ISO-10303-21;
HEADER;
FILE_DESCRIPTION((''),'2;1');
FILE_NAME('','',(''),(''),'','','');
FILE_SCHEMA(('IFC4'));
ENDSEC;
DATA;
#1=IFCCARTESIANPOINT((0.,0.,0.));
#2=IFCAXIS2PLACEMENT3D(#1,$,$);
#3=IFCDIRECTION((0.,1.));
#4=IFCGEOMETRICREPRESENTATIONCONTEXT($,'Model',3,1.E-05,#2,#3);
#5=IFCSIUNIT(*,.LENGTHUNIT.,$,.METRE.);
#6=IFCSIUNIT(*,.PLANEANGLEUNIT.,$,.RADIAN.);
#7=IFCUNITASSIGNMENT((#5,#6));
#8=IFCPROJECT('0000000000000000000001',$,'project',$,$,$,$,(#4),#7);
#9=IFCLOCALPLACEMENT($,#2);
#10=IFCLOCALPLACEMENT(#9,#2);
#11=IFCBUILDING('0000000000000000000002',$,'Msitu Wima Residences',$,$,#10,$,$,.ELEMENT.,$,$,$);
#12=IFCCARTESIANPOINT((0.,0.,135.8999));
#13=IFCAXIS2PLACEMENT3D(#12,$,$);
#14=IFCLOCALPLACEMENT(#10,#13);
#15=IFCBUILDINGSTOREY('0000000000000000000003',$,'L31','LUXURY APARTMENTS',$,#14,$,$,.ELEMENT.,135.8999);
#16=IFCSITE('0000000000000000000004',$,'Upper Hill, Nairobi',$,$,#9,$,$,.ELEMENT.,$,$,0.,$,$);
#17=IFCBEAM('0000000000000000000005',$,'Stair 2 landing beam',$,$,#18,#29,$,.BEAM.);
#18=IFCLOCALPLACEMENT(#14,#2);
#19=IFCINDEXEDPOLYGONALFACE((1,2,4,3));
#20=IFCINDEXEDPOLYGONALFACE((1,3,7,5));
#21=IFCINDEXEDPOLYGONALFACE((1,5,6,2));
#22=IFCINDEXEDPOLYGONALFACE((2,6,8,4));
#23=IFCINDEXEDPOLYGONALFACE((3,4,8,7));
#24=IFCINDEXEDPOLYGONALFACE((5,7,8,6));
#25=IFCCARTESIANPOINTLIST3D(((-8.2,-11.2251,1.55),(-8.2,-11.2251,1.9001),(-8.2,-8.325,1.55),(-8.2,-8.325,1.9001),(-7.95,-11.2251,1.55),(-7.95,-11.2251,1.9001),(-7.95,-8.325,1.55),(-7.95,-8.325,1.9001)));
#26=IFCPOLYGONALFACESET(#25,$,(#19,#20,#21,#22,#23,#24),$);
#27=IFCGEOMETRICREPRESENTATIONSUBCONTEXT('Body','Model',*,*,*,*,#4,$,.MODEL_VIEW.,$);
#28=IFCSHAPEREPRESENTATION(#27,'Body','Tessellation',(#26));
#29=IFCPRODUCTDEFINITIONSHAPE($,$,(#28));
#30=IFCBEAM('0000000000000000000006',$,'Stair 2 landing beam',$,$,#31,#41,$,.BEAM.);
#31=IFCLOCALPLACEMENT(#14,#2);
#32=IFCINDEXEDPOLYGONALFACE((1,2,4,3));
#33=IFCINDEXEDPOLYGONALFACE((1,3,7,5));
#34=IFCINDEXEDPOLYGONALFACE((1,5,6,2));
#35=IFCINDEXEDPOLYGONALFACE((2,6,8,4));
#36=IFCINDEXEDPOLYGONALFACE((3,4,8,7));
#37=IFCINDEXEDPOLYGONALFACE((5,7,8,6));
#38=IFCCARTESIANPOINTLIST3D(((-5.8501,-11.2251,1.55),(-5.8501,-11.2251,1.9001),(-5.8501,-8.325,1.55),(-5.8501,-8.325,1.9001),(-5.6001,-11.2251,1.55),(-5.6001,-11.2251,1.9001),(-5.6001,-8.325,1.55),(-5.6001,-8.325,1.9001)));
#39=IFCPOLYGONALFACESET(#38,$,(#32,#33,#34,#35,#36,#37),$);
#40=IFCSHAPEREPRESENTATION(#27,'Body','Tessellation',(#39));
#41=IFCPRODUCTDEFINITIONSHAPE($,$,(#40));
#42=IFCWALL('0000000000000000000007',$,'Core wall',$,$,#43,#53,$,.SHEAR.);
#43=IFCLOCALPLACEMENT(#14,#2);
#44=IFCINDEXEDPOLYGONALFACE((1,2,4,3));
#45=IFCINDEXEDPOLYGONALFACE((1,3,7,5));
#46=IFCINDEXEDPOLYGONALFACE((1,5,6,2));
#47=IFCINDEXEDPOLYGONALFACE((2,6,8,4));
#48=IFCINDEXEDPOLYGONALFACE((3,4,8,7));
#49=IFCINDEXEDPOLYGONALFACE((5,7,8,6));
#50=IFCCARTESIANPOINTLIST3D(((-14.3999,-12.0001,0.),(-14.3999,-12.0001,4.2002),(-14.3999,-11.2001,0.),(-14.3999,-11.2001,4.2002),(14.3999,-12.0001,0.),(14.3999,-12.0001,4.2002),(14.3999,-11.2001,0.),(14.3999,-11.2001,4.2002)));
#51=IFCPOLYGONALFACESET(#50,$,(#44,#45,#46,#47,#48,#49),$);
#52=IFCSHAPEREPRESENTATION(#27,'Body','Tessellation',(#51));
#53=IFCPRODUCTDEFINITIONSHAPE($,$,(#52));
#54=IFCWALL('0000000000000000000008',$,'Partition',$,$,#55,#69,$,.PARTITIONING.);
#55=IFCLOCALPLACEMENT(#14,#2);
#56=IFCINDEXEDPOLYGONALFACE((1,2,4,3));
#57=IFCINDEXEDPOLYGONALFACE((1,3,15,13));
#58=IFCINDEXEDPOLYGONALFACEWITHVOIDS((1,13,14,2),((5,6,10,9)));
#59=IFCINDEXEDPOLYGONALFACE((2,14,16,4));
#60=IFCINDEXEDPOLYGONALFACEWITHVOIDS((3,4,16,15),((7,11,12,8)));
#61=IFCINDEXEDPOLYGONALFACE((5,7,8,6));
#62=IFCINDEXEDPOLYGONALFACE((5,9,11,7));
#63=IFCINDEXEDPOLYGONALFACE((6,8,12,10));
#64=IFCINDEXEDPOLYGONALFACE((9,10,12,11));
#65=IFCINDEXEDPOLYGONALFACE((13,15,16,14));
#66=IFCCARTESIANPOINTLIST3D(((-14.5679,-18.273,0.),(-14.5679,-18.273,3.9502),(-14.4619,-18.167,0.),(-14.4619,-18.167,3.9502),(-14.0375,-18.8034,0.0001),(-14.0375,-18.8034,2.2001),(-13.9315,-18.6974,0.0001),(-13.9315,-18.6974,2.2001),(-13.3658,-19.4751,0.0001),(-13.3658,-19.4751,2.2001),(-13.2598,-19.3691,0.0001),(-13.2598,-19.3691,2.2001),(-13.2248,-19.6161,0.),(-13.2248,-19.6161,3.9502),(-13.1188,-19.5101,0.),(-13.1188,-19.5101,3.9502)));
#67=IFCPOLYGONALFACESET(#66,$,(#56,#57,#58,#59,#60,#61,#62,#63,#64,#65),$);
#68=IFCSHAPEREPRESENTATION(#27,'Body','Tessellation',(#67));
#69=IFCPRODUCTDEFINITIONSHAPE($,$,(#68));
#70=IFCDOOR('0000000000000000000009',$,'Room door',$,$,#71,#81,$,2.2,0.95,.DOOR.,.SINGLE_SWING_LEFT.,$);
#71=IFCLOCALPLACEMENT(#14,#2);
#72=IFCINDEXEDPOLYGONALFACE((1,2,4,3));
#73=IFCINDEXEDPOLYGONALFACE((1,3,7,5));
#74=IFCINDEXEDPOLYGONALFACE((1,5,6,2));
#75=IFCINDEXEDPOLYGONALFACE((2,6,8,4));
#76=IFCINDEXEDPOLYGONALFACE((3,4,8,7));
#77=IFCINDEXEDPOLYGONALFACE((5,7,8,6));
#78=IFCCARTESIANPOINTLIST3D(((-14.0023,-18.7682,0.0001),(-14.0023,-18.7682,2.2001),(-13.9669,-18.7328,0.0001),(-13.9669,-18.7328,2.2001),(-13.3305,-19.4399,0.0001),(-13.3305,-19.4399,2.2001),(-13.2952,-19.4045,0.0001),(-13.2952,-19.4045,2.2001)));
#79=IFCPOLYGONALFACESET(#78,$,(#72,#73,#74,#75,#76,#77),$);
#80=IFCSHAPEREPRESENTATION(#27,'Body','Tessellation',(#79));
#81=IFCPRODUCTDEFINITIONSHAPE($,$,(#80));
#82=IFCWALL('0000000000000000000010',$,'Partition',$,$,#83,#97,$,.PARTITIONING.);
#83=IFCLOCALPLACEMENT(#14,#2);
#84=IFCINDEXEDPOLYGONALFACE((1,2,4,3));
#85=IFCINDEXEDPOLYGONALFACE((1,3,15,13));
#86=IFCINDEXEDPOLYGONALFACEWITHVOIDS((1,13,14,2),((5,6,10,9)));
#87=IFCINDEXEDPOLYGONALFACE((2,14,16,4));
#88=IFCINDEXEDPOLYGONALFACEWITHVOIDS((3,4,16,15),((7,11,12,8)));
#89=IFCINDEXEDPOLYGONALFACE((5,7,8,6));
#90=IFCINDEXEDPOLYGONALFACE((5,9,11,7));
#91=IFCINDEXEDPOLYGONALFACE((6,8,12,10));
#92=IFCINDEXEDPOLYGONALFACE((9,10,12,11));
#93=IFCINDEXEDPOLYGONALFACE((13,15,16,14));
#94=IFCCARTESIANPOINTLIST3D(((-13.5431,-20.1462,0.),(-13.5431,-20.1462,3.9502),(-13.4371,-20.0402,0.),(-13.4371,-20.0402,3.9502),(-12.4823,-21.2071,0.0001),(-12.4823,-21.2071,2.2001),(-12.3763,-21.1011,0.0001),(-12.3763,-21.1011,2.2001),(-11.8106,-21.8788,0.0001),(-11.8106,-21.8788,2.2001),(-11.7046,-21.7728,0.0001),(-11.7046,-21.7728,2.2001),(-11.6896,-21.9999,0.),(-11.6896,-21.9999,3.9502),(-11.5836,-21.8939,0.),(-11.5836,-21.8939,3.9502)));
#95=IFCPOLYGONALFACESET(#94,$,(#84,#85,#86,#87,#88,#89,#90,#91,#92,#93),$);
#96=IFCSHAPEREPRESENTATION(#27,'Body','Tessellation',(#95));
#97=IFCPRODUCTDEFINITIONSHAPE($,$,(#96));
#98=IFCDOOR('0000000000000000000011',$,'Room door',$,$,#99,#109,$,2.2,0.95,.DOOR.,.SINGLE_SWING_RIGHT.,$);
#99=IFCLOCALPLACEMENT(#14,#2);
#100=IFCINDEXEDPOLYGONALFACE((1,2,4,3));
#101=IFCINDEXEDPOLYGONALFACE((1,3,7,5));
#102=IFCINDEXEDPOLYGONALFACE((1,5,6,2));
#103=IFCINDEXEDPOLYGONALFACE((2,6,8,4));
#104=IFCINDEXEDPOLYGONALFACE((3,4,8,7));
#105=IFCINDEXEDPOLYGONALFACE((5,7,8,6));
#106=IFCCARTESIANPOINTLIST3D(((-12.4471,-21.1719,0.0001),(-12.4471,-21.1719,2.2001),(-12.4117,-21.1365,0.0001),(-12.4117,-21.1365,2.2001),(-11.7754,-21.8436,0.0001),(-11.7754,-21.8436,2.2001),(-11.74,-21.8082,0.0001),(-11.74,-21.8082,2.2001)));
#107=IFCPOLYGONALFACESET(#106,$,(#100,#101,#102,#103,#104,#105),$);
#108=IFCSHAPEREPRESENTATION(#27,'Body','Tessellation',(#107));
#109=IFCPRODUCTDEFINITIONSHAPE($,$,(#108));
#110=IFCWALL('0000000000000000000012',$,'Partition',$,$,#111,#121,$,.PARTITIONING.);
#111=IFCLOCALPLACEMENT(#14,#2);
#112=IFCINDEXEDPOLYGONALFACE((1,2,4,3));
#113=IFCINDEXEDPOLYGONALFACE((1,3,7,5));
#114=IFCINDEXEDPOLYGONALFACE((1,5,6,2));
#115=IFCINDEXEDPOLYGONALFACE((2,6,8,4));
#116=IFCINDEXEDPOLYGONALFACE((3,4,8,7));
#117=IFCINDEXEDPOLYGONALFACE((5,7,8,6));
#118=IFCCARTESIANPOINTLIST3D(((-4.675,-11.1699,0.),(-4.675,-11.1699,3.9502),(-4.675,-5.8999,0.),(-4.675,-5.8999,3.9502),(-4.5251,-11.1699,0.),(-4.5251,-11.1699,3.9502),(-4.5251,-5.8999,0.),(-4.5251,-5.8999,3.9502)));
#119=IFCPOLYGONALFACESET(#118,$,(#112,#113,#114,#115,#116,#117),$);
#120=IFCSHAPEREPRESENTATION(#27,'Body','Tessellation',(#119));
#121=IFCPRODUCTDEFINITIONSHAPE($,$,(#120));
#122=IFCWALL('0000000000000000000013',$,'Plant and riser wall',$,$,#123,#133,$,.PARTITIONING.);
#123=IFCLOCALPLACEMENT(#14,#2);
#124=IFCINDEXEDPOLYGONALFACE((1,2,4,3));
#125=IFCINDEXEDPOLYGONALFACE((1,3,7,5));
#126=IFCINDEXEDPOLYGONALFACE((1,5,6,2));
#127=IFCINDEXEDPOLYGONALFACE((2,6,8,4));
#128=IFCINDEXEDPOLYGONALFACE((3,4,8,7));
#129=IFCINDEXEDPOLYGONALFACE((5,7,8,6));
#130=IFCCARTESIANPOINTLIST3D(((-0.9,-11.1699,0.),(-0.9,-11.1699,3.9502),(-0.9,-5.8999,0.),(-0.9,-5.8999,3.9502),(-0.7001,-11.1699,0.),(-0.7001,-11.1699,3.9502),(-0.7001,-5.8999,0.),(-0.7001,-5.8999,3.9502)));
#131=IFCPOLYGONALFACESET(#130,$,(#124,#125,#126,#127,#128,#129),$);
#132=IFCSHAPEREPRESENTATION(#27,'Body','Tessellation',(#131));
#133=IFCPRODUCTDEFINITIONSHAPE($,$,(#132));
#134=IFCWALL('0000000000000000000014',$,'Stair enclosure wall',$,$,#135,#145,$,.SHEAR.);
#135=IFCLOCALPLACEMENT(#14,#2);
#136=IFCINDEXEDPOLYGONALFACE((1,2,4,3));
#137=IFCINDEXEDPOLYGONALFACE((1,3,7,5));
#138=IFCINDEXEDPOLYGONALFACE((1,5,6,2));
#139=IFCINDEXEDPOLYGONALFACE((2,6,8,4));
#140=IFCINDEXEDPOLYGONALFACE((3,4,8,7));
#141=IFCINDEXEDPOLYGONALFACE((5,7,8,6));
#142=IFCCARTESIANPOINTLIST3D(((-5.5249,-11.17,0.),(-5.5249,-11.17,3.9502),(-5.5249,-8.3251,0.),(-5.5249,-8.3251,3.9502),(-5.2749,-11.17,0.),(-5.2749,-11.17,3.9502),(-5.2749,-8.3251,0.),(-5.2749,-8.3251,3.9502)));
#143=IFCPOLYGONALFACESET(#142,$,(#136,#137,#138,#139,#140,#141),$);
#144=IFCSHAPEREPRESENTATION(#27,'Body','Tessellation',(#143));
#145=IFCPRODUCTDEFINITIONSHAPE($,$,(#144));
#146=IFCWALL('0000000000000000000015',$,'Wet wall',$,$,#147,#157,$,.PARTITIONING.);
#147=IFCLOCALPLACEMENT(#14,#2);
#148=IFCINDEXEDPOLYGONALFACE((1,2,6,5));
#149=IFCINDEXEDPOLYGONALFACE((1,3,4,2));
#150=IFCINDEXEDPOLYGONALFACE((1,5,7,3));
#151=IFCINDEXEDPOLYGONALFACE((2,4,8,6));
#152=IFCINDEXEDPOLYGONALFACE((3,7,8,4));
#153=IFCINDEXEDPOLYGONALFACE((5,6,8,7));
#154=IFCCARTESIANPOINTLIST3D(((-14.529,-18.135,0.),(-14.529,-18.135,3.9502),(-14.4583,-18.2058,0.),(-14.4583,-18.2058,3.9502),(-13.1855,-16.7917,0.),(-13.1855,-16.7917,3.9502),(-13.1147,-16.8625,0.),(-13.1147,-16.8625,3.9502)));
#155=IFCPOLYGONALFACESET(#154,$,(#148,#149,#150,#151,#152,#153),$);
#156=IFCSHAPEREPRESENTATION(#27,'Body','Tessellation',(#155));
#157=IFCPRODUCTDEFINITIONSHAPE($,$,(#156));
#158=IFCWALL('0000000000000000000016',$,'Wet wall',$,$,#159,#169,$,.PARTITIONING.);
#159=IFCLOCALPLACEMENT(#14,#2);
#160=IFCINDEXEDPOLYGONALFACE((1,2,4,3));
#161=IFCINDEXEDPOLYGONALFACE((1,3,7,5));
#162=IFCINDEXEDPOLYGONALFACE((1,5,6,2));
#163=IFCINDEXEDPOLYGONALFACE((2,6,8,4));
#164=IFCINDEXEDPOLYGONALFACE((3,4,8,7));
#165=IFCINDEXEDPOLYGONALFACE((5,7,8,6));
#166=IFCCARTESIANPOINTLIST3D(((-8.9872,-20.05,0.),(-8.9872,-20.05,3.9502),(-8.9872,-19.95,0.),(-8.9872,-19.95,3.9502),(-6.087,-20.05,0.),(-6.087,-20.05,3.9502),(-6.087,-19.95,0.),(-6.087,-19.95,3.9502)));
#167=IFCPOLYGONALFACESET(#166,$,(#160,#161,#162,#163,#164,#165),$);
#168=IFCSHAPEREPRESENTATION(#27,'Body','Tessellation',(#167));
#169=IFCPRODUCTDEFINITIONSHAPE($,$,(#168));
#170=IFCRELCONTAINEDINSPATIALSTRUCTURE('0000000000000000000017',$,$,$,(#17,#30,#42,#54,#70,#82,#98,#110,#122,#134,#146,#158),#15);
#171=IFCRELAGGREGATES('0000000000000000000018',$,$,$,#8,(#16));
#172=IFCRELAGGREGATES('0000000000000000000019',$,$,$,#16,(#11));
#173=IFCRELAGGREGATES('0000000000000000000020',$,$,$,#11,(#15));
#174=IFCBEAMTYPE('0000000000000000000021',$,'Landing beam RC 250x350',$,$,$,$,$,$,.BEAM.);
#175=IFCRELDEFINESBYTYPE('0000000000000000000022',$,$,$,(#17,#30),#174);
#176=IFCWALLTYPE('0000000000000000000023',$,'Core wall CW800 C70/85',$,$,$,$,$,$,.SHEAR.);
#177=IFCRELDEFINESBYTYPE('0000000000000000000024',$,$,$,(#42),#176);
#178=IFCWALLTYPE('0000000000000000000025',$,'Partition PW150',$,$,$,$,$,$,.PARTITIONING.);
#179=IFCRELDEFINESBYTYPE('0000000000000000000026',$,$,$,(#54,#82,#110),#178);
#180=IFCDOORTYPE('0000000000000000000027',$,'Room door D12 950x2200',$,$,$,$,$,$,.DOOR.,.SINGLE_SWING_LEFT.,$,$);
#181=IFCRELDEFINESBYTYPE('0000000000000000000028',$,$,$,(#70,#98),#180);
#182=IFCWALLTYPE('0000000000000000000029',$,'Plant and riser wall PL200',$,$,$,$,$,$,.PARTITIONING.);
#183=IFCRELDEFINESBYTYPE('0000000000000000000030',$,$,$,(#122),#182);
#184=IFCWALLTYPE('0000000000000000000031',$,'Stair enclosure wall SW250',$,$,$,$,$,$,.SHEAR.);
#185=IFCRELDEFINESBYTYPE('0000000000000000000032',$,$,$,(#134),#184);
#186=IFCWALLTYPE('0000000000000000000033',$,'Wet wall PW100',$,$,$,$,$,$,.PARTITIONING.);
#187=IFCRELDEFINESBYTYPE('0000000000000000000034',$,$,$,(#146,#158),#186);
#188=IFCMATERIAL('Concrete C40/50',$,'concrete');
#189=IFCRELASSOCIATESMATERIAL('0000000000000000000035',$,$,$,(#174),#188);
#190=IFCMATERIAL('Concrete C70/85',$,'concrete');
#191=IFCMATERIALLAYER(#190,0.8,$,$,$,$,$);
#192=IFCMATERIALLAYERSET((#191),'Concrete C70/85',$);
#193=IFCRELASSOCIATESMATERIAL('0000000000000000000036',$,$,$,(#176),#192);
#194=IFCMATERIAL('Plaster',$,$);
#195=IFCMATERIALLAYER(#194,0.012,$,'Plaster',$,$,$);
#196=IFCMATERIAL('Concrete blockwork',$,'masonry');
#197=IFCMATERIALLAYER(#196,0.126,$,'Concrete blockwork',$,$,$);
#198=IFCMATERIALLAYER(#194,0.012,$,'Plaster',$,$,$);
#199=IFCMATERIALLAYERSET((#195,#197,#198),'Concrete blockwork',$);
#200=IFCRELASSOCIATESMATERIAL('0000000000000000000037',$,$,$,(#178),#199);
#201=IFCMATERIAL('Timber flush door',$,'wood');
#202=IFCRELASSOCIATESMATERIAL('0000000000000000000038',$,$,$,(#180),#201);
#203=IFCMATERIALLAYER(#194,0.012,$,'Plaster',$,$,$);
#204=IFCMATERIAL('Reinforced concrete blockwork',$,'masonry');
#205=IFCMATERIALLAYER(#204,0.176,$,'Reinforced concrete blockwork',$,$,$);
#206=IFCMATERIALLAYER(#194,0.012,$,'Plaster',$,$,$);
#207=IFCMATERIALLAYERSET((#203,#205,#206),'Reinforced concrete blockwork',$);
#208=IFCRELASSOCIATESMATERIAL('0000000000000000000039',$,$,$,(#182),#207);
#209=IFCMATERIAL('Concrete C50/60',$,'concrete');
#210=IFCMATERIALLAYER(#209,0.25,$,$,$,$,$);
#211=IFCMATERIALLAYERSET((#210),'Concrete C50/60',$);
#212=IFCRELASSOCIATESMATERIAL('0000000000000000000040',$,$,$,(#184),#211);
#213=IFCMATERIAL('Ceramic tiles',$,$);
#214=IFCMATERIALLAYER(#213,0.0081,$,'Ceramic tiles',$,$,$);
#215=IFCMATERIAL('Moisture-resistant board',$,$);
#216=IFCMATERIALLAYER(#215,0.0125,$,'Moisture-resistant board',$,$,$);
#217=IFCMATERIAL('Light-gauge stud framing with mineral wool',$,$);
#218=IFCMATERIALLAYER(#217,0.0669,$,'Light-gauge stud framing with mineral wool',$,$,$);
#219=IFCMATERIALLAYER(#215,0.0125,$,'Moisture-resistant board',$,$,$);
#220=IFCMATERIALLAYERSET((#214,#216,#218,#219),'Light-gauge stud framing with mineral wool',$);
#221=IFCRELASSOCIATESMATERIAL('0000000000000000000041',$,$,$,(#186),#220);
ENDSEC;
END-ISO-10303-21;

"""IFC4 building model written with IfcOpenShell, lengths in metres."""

from ifc_helpers import new_model, si_unit, direction, frame, frame_2d, origin, origin_2d, place, context, subcontext, project, spatial, rectangle, extrude, material, layer, layer_set, material_profile, profile_set, type_object, element, fill, save


model = new_model("IFC4")

# Units and contexts
model_context = context("Model", 3, precision=1e-05, world=origin(), true_north=direction((0.0, 1.0)))
body_context = subcontext(model_context, "Body", "Model", "MODEL_VIEW")
ifc_project = project(units=[si_unit("LENGTHUNIT", "METRE"), si_unit("PLANEANGLEUNIT", "RADIAN")], contexts=[model_context])

# Site, building, storey
site_placement = place(None, origin())
site = spatial("IfcSite", under=ifc_project, at=site_placement, Name="Upper Hill, Nairobi", CompositionType="ELEMENT", RefElevation=0.0)
building_placement = place(site_placement, origin())
building = spatial("IfcBuilding", under=site, at=building_placement, Name="Msitu Wima Residences", CompositionType="ELEMENT")
storey_placement = place(building_placement, frame((0.0, 0.0, 135.8999)))
storey = spatial("IfcBuildingStorey", under=building, at=storey_placement, Name="L31", Description="LUXURY APARTMENTS", CompositionType="ELEMENT", Elevation=135.8999)

# Beams
ifc_material_1 = material(Name="Concrete C40/50", Category="concrete")
ifc_material_profile = material_profile(ifc_material_1, rectangle(XDim=0.25, YDim=0.3501, at=origin_2d()), Name="RC 250x350")
ifc_profile_set = profile_set([ifc_material_profile], Name="Concrete C40/50")
beam_type = type_object("IfcBeamType", Name="Landing beam RC 250x350", PredefinedType="BEAM", material=ifc_profile_set)
for number, where, z_axis, x_axis, name in (
    (1, (-8.075, -11.2251, 1.7251), (0.0, 1.0, 0.0), (-1.0, 0.0, 0.0), "Stair 2 landing beam"),
    (2, (-5.7251, -11.2251, 1.7251), (0.0, 1.0, 0.0), (-1.0, 0.0, 0.0), "Stair 2 landing beam"),
):
    element("IfcBeam", number, at=place(storey_placement, frame(where, z_axis=z_axis, x_axis=x_axis)), inside=storey, type_object=beam_type, Name=name, PredefinedType="BEAM", context=body_context, shape_type="SweptSolid", body=[
        extrude(rectangle(XDim=0.25, YDim=0.3501, at=origin_2d()), origin(), (0.0, 0.0, 1.0), 2.9001),
    ])

# Wall
ifc_material_2 = material(Name="Concrete C70/85", Category="concrete")
ifc_layer_1 = layer(ifc_material_2, 0.8)
ifc_layer_set_1 = layer_set([ifc_layer_1], Name="Concrete C70/85")
wall_type_1 = type_object("IfcWallType", Name="Core wall CW800 C70/85", PredefinedType="SHEAR", material=ifc_layer_set_1)
wall_1_placement = place(storey_placement, frame((-14.3999, -11.6001, 0.0), z_axis=(0.0, 0.0, 1.0), x_axis=(1.0, 0.0, 0.0)))
element("IfcWall", 3, at=wall_1_placement, inside=storey, type_object=wall_type_1, Name="Core wall", PredefinedType="SHEAR", context=body_context, shape_type="SweptSolid", body=[
    extrude(rectangle(XDim=28.7998, YDim=0.8, at=frame_2d((14.3999, 0.0))), origin(), (0.0, 0.0, 1.0), 4.2002),
])

# Walls, openings, doors
ifc_material_3 = material(Name="Plaster")
ifc_layer_2 = layer(ifc_material_3, 0.012, Name="Plaster")
ifc_material_4 = material(Name="Concrete blockwork", Category="masonry")
ifc_layer_3 = layer(ifc_material_4, 0.126, Name="Concrete blockwork")
ifc_layer_4 = layer(ifc_material_3, 0.012, Name="Plaster")
ifc_layer_set_2 = layer_set([ifc_layer_2, ifc_layer_3, ifc_layer_4], Name="Concrete blockwork")
wall_type_2 = type_object("IfcWallType", Name="Partition PW150", PredefinedType="PARTITIONING", material=ifc_layer_set_2)
wall_2_placement = place(storey_placement, frame((-14.5149, -18.22, 0.0), z_axis=(0.0, 0.0, 1.0), x_axis=(0.707107, -0.707107, 0.0)))
wall_2 = element("IfcWall", 4, at=wall_2_placement, inside=storey, type_object=wall_type_2, Name="Partition", PredefinedType="PARTITIONING", context=body_context, shape_type="SweptSolid", body=[
    extrude(rectangle(XDim=1.8994, YDim=0.1499, at=frame_2d((0.9497, 0.0))), origin(), (0.0, 0.0, 1.0), 3.9502),
])
opening_1_placement = place(wall_2_placement, frame((0.75, 0.0, 0.0)))
opening_1 = element("IfcOpeningElement", 5, at=opening_1_placement, cuts=wall_2, PredefinedType="OPENING", context=body_context, shape_type="SweptSolid", body=[
    extrude(rectangle(XDim=0.95, YDim=2.2, at=frame_2d((0.4751, 1.1001))), frame((0.0, 0.085, 0.0), z_axis=(0.0, -1.0, 0.0), x_axis=(1.0, 0.0, 0.0)), (0.0, 0.0, 1.0), 0.1699),
])
ifc_material_5 = material(Name="Timber flush door", Category="wood")
door_type_1 = type_object("IfcDoorType", Name="Room door D12 950x2200", OperationType="SINGLE_SWING_LEFT", PredefinedType="DOOR", material=ifc_material_5)
door_1_placement = place(opening_1_placement, origin())
door_1 = element("IfcDoor", 6, at=door_1_placement, inside=storey, type_object=door_type_1, Name="Room door", OperationType="SINGLE_SWING_LEFT", OverallHeight=2.2, OverallWidth=0.95, PredefinedType="DOOR", context=body_context, shape_type="SweptSolid", body=[
    extrude(rectangle(XDim=0.95, YDim=2.2, at=frame_2d((0.4751, 1.1001))), frame((0.0, 0.0249, 0.0), z_axis=(0.0, -1.0, 0.0), x_axis=(1.0, 0.0, 0.0)), (0.0, 0.0, 1.0), 0.05),
])
fill(opening_1, door_1)
wall_3_placement = place(storey_placement, frame((-13.49, -20.0933, 0.0), z_axis=(0.0, 0.0, 1.0), x_axis=(0.70706, -0.707153, 0.0)))
wall_3 = element("IfcWall", 7, at=wall_3_placement, inside=storey, type_object=wall_type_2, Name="Partition", PredefinedType="PARTITIONING", context=body_context, shape_type="SweptSolid", body=[
    extrude(rectangle(XDim=2.6213, YDim=0.1499, at=frame_2d((1.3105, 0.0))), origin(), (0.0, 0.0, 1.0), 3.9502),
])
opening_2_placement = place(wall_3_placement, frame((1.5, 0.0, 0.0)))
opening_2 = element("IfcOpeningElement", 8, at=opening_2_placement, cuts=wall_3, PredefinedType="OPENING", context=body_context, shape_type="SweptSolid", body=[
    extrude(rectangle(XDim=0.95, YDim=2.2, at=frame_2d((0.4751, 1.1001))), frame((0.0, 0.085, 0.0), z_axis=(0.0, -1.0, 0.0), x_axis=(1.0, 0.0, 0.0)), (0.0, 0.0, 1.0), 0.1699),
])
door_2_placement = place(opening_2_placement, origin())
door_2 = element("IfcDoor", 9, at=door_2_placement, inside=storey, type_object=door_type_1, Name="Room door", OperationType="SINGLE_SWING_RIGHT", OverallHeight=2.2, OverallWidth=0.95, PredefinedType="DOOR", context=body_context, shape_type="SweptSolid", body=[
    extrude(rectangle(XDim=0.95, YDim=2.2, at=frame_2d((0.4751, 1.1001))), frame((0.0, 0.0249, 0.0), z_axis=(0.0, -1.0, 0.0), x_axis=(1.0, 0.0, 0.0)), (0.0, 0.0, 1.0), 0.05),
])
fill(opening_2, door_2)

# Walls
wall_4_placement = place(storey_placement, frame((-4.6001, -11.1699, 0.0), z_axis=(0.0, 0.0, 1.0), x_axis=(0.0, 1.0, 0.0)))
element("IfcWall", 10, at=wall_4_placement, inside=storey, type_object=wall_type_2, Name="Partition", PredefinedType="PARTITIONING", context=body_context, shape_type="SweptSolid", body=[
    extrude(rectangle(XDim=5.27, YDim=0.1499, at=frame_2d((2.635, 0.0))), origin(), (0.0, 0.0, 1.0), 3.9502),
])
ifc_layer_5 = layer(ifc_material_3, 0.012, Name="Plaster")
ifc_material_6 = material(Name="Reinforced concrete blockwork", Category="masonry")
ifc_layer_6 = layer(ifc_material_6, 0.176, Name="Reinforced concrete blockwork")
ifc_layer_7 = layer(ifc_material_3, 0.012, Name="Plaster")
ifc_layer_set_3 = layer_set([ifc_layer_5, ifc_layer_6, ifc_layer_7], Name="Reinforced concrete blockwork")
wall_type_3 = type_object("IfcWallType", Name="Plant and riser wall PL200", PredefinedType="PARTITIONING", material=ifc_layer_set_3)
wall_5_placement = place(storey_placement, frame((-0.8, -11.1699, 0.0), z_axis=(0.0, 0.0, 1.0), x_axis=(0.0, 1.0, 0.0)))
element("IfcWall", 11, at=wall_5_placement, inside=storey, type_object=wall_type_3, Name="Plant and riser wall", PredefinedType="PARTITIONING", context=body_context, shape_type="SweptSolid", body=[
    extrude(rectangle(XDim=5.27, YDim=0.2, at=frame_2d((2.635, 0.0))), origin(), (0.0, 0.0, 1.0), 3.9502),
])
ifc_material_7 = material(Name="Concrete C50/60", Category="concrete")
ifc_layer_8 = layer(ifc_material_7, 0.25)
ifc_layer_set_4 = layer_set([ifc_layer_8], Name="Concrete C50/60")
wall_type_4 = type_object("IfcWallType", Name="Stair enclosure wall SW250", PredefinedType="SHEAR", material=ifc_layer_set_4)
wall_6_placement = place(storey_placement, frame((-5.3999, -11.1699, 0.0), z_axis=(0.0, 0.0, 1.0), x_axis=(0.0, 1.0, 0.0)))
element("IfcWall", 12, at=wall_6_placement, inside=storey, type_object=wall_type_4, Name="Stair enclosure wall", PredefinedType="SHEAR", context=body_context, shape_type="SweptSolid", body=[
    extrude(rectangle(XDim=2.845, YDim=0.25, at=frame_2d((1.4224, 0.0))), origin(), (0.0, 0.0, 1.0), 3.9502),
])
ifc_material_8 = material(Name="Ceramic tiles")
ifc_layer_9 = layer(ifc_material_8, 0.0081, Name="Ceramic tiles")
ifc_material_9 = material(Name="Moisture-resistant board")
ifc_layer_10 = layer(ifc_material_9, 0.0125, Name="Moisture-resistant board")
ifc_material_10 = material(Name="Light-gauge stud framing with mineral wool")
ifc_layer_11 = layer(ifc_material_10, 0.0669, Name="Light-gauge stud framing with mineral wool")
ifc_layer_12 = layer(ifc_material_9, 0.0125, Name="Moisture-resistant board")
ifc_layer_set_5 = layer_set([ifc_layer_9, ifc_layer_10, ifc_layer_11, ifc_layer_12], Name="Light-gauge stud framing with mineral wool")
wall_type_5 = type_object("IfcWallType", Name="Wet wall PW100", PredefinedType="PARTITIONING", material=ifc_layer_set_5)
wall_7_placement = place(storey_placement, frame((-14.4937, -18.1704, 0.0), z_axis=(0.0, 0.0, 1.0), x_axis=(0.707171, 0.707043, 0.0)))
element("IfcWall", 13, at=wall_7_placement, inside=storey, type_object=wall_type_5, Name="Wet wall", PredefinedType="PARTITIONING", context=body_context, shape_type="SweptSolid", body=[
    extrude(rectangle(XDim=1.8999, YDim=0.1001, at=frame_2d((0.95, 0.0))), origin(), (0.0, 0.0, 1.0), 3.9502),
])
wall_8_placement = place(storey_placement, frame((-8.9873, -20.0, 0.0), z_axis=(0.0, 0.0, 1.0), x_axis=(1.0, 0.0, 0.0)))
element("IfcWall", 14, at=wall_8_placement, inside=storey, type_object=wall_type_5, Name="Wet wall", PredefinedType="PARTITIONING", context=body_context, shape_type="SweptSolid", body=[
    extrude(rectangle(XDim=2.9001, YDim=0.1001, at=frame_2d((1.4502, 0.0))), origin(), (0.0, 0.0, 1.0), 3.9502),
])

save(model, "model.ifc")
